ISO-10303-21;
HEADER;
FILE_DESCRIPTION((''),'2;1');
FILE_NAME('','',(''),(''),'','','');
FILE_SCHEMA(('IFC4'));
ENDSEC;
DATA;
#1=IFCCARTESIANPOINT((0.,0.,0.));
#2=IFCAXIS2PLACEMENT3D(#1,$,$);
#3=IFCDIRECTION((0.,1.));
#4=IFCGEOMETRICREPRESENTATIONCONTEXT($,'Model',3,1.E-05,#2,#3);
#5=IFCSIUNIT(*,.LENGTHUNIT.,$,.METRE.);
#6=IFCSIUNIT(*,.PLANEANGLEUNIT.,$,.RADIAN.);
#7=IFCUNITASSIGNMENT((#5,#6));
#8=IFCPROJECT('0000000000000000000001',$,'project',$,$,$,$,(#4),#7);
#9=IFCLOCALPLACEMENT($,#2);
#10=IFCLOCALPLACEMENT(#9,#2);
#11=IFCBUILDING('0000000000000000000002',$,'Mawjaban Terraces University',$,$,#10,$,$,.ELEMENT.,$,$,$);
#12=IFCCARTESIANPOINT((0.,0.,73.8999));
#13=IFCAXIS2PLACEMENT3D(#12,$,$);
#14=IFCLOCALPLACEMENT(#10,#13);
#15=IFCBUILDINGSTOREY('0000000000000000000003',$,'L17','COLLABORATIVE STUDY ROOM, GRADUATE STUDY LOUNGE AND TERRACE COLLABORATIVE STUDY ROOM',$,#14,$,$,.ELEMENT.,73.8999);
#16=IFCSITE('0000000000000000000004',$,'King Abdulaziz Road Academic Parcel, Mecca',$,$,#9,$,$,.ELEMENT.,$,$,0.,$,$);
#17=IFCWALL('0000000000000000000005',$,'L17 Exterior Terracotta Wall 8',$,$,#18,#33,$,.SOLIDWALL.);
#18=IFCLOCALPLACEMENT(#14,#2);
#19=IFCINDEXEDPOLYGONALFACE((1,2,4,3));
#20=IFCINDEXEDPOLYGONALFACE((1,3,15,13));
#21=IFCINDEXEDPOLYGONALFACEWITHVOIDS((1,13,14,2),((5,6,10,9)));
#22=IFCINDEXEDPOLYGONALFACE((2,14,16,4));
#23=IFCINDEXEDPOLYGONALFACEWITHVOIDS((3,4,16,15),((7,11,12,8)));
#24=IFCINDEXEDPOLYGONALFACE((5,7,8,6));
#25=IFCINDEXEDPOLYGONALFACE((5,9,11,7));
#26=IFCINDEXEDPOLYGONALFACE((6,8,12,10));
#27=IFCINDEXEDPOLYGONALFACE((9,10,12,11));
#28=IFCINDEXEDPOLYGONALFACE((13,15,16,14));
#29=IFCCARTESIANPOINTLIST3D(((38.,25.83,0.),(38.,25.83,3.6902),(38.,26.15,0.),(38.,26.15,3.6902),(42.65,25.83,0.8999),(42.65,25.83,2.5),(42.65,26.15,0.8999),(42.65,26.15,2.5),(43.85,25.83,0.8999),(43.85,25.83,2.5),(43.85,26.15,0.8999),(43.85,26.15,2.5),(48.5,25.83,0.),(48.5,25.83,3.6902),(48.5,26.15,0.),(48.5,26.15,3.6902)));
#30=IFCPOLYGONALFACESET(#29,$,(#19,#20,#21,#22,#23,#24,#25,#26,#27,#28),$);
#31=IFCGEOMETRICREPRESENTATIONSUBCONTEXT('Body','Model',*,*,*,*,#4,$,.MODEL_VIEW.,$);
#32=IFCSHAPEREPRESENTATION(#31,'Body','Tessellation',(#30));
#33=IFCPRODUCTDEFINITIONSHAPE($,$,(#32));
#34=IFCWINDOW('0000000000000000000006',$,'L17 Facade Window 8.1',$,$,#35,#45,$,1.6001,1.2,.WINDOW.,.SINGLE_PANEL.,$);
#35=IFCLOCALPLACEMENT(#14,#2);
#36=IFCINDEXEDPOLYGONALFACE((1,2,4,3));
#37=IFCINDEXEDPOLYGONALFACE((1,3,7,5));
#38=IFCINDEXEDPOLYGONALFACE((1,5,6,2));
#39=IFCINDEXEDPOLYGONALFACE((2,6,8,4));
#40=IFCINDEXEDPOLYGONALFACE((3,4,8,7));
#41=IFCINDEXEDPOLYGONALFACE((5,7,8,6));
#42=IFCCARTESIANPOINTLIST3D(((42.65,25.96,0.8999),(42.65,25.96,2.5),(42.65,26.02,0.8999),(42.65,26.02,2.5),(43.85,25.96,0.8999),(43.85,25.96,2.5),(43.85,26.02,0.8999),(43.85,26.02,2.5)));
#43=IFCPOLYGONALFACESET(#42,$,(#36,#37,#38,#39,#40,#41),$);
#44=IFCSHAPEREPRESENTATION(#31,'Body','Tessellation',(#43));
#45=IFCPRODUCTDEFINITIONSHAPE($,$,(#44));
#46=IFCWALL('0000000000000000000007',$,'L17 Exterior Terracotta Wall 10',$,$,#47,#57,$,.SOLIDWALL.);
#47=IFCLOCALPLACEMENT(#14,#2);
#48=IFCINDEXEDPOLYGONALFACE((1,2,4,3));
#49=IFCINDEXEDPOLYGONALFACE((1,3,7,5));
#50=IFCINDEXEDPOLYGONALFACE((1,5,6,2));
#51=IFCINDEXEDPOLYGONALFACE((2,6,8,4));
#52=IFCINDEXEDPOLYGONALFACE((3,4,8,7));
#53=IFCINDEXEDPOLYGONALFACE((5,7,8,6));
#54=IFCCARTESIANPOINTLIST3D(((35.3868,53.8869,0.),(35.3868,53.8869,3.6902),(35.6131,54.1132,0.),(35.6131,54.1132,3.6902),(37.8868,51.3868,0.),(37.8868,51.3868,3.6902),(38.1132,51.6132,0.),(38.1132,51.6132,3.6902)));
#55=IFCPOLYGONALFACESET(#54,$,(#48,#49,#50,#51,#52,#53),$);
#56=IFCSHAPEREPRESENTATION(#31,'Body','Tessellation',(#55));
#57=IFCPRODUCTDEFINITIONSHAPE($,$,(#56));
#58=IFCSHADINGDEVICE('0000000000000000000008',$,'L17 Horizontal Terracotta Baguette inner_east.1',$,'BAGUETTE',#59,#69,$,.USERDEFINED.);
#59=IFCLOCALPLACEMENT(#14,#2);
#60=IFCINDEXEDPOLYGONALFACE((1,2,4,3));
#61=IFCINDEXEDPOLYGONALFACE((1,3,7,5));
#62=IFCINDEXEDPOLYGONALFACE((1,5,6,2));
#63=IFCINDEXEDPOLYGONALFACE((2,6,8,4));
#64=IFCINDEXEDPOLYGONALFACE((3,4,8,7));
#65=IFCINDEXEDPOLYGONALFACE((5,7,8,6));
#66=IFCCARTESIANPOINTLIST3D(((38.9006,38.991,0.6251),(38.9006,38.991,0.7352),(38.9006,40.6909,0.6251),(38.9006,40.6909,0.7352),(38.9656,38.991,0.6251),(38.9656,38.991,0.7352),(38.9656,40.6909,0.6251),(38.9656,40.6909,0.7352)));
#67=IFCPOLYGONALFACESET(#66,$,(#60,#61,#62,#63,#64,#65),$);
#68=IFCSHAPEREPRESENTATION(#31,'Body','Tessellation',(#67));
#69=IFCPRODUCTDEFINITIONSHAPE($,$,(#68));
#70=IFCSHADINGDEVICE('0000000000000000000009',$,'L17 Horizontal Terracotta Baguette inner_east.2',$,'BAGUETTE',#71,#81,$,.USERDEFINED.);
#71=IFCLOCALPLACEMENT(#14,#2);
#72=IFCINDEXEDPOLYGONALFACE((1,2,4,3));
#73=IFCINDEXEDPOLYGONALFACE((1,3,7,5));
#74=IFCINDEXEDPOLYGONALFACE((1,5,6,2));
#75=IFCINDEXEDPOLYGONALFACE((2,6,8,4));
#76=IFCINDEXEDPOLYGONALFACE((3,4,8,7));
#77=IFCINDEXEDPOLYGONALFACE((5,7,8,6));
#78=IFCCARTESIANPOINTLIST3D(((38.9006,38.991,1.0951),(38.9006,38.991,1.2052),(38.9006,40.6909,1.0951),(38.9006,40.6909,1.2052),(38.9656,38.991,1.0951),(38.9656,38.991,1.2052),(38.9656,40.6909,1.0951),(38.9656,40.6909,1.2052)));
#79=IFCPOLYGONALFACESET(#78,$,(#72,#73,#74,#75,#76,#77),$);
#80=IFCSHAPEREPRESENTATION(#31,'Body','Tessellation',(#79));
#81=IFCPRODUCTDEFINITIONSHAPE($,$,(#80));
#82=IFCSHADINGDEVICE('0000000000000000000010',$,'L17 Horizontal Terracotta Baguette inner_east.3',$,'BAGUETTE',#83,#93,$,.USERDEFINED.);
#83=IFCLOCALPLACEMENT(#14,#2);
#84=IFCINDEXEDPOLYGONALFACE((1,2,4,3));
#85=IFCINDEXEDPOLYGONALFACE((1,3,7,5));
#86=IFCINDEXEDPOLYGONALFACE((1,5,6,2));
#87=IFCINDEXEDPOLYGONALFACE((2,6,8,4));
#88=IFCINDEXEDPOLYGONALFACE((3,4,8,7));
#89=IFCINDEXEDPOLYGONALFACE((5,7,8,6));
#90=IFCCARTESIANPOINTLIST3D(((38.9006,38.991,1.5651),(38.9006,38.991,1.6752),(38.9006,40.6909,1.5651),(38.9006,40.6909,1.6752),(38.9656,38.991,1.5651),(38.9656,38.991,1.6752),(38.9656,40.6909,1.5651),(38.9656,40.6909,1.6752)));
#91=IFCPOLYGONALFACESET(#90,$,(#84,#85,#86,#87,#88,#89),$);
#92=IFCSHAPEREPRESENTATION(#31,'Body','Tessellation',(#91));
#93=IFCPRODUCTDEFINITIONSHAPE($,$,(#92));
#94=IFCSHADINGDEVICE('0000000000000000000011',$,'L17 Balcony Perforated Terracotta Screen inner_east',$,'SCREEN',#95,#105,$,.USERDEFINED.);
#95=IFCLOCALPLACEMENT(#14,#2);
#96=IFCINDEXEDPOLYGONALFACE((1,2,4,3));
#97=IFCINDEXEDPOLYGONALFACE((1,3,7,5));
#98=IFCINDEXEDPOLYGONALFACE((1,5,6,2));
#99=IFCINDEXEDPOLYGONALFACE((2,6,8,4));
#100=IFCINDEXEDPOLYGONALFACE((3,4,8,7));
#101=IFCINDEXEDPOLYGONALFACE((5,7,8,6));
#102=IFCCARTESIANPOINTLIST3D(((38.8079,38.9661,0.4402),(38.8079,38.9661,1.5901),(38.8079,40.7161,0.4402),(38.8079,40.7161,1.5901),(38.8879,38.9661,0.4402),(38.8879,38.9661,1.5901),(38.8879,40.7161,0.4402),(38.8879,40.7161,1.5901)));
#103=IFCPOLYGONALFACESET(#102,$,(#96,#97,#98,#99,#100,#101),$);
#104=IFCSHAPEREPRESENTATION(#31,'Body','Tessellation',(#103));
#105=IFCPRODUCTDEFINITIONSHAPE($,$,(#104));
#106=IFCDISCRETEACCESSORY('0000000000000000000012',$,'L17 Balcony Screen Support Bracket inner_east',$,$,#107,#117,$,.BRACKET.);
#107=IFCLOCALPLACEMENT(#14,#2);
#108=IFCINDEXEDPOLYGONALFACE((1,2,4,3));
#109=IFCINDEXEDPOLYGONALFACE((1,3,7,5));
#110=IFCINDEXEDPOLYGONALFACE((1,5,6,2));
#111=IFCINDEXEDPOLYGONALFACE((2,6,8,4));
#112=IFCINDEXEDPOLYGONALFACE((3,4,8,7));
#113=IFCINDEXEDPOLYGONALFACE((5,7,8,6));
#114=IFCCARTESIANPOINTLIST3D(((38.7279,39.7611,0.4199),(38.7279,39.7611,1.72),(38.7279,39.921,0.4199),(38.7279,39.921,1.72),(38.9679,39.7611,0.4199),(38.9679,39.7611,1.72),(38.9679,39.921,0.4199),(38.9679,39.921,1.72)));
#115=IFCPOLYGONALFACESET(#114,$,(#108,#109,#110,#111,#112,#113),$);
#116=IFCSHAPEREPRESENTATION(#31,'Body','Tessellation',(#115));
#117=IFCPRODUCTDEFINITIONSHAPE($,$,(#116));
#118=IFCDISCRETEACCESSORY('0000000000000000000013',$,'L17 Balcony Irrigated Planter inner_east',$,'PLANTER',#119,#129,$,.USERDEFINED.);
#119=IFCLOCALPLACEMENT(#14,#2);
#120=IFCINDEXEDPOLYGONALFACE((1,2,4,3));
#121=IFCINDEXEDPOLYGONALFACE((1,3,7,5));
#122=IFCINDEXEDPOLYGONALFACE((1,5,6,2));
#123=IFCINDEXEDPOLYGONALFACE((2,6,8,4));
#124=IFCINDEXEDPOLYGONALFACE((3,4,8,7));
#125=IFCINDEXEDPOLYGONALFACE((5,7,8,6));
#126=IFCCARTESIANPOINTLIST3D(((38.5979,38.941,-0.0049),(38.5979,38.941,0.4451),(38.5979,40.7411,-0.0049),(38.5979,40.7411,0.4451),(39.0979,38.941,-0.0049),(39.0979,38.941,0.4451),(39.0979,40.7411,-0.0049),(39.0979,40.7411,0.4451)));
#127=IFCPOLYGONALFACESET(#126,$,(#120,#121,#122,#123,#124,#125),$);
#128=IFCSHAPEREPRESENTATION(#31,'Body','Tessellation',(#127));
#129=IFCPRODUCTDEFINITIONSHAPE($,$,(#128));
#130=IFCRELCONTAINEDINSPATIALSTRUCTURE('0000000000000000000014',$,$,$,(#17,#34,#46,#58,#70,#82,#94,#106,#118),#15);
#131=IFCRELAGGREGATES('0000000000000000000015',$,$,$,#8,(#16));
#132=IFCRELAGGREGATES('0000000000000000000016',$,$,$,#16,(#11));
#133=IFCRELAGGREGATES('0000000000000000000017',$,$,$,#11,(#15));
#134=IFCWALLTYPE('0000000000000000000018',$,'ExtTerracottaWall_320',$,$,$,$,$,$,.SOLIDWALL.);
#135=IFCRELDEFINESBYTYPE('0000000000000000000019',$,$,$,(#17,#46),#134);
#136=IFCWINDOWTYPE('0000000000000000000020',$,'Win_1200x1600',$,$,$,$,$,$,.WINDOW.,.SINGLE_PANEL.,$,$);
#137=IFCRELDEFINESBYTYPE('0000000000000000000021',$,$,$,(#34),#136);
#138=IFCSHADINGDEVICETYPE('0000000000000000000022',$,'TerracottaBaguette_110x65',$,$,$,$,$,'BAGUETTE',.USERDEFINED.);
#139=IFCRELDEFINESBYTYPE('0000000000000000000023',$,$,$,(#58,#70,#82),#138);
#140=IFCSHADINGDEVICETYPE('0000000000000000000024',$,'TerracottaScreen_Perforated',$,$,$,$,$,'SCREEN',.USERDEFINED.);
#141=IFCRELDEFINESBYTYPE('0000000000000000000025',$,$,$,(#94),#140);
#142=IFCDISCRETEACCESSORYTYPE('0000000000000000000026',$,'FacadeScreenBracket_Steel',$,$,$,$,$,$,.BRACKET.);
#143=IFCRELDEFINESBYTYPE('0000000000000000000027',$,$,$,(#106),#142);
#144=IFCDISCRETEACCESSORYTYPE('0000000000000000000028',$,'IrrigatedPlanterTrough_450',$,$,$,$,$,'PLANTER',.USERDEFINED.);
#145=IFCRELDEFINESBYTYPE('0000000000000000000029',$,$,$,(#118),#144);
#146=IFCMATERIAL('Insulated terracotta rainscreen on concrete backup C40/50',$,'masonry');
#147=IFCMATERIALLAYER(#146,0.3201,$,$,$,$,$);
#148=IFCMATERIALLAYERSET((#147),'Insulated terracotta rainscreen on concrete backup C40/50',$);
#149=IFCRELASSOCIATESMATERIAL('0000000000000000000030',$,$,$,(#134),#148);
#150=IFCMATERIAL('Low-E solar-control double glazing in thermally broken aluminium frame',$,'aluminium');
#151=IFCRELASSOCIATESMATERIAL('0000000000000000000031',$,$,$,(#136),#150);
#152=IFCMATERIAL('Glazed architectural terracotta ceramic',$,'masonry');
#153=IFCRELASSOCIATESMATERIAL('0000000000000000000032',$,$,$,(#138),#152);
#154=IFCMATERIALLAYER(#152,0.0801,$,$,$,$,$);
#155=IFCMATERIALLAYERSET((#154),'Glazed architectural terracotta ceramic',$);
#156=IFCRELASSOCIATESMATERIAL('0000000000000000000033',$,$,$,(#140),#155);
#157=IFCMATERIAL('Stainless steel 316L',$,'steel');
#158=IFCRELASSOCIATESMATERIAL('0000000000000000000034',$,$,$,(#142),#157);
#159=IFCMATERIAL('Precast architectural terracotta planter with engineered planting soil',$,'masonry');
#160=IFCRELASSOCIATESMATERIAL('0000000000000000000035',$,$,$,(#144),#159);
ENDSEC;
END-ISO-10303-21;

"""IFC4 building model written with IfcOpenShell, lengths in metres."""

from ifc_helpers import new_model, si_unit, direction, frame, frame_2d, origin, origin_2d, place, context, subcontext, project, spatial, rectangle, extrude, material, layer, layer_set, material_profile, profile_set, type_object, element, fill, save


model = new_model("IFC4")

# Units and contexts
model_context = context("Model", 3, precision=1e-05, world=origin(), true_north=direction((0.0, 1.0)))
body_context = subcontext(model_context, "Body", "Model", "MODEL_VIEW")
ifc_project = project(units=[si_unit("LENGTHUNIT", "METRE"), si_unit("PLANEANGLEUNIT", "RADIAN")], contexts=[model_context])

# Site, building, storey
site_placement = place(None, origin())
site = spatial("IfcSite", under=ifc_project, at=site_placement, Name="King Abdulaziz Road Academic Parcel, Mecca", CompositionType="ELEMENT", RefElevation=0.0)
building_placement = place(site_placement, origin())
building = spatial("IfcBuilding", under=site, at=building_placement, Name="Mawjaban Terraces University", CompositionType="ELEMENT")
storey_placement = place(building_placement, frame((0.0, 0.0, 73.8999)))
storey = spatial("IfcBuildingStorey", under=building, at=storey_placement, Name="L17", Description="COLLABORATIVE STUDY ROOM, GRADUATE STUDY LOUNGE AND TERRACE COLLABORATIVE STUDY ROOM", CompositionType="ELEMENT", Elevation=73.8999)

# Wall, opening, window
ifc_material_1 = material(Name="Insulated terracotta rainscreen on concrete backup C40/50", Category="masonry")
ifc_layer_1 = layer(ifc_material_1, 0.3201)
ifc_layer_set_1 = layer_set([ifc_layer_1], Name="Insulated terracotta rainscreen on concrete backup C40/50")
wall_type = type_object("IfcWallType", Name="ExtTerracottaWall_320", PredefinedType="SOLIDWALL", material=ifc_layer_set_1)
wall_1_placement = place(storey_placement, frame((48.5, 25.99, 0.0), z_axis=(0.0, 0.0, 1.0), x_axis=(-1.0, 0.0, 0.0)))
wall_1 = element("IfcWall", 1, at=wall_1_placement, inside=storey, type_object=wall_type, Name="L17 Exterior Terracotta Wall 8", PredefinedType="SOLIDWALL", context=body_context, shape_type="SweptSolid", body=[
    extrude(rectangle(XDim=10.5, YDim=0.3201, at=frame_2d((5.25, 0.0))), origin(), (0.0, 0.0, 1.0), 3.6902),
])
opening_placement = place(wall_1_placement, frame((4.6499, 0.0, 0.8999)))
opening = element("IfcOpeningElement", 2, at=opening_placement, cuts=wall_1, PredefinedType="OPENING", context=body_context, shape_type="SweptSolid", body=[
    extrude(rectangle(XDim=1.2, YDim=1.6001, at=frame_2d((0.6001, 0.8))), frame((0.0, 0.1699, 0.0), z_axis=(0.0, -1.0, 0.0), x_axis=(1.0, 0.0, 0.0)), (0.0, 0.0, 1.0), 0.3401),
])
ifc_material_2 = material(Name="Low-E solar-control double glazing in thermally broken aluminium frame", Category="aluminium")
window_type = type_object("IfcWindowType", Name="Win_1200x1600", PartitioningType="SINGLE_PANEL", PredefinedType="WINDOW", material=ifc_material_2)
window_placement = place(opening_placement, origin())
window = element("IfcWindow", 3, at=window_placement, inside=storey, type_object=window_type, Name="L17 Facade Window 8.1", OverallHeight=1.6001, OverallWidth=1.2, PartitioningType="SINGLE_PANEL", PredefinedType="WINDOW", context=body_context, shape_type="SweptSolid", body=[
    extrude(rectangle(XDim=1.2, YDim=1.6001, at=frame_2d((0.6001, 0.8))), frame((0.0, 0.03, 0.0), z_axis=(0.0, -1.0, 0.0), x_axis=(1.0, 0.0, 0.0)), (0.0, 0.0, 1.0), 0.0601),
])
fill(opening, window)

# Wall
wall_2_placement = place(storey_placement, frame((38.0, 51.5, 0.0), z_axis=(0.0, 0.0, 1.0), x_axis=(-0.707107, 0.707107, 0.0)))
element("IfcWall", 4, at=wall_2_placement, inside=storey, type_object=wall_type, Name="L17 Exterior Terracotta Wall 10", PredefinedType="SOLIDWALL", context=body_context, shape_type="SweptSolid", body=[
    extrude(rectangle(XDim=3.5356, YDim=0.3201, at=frame_2d((1.7678, 0.0))), origin(), (0.0, 0.0, 1.0), 3.6902),
])

# Shading devices
ifc_material_3 = material(Name="Glazed architectural terracotta ceramic", Category="masonry")
ifc_material_profile_1 = material_profile(ifc_material_3, rectangle(XDim=0.0649, YDim=0.1101, at=origin_2d()), Name="TBAG110X65")
ifc_profile_set_1 = profile_set([ifc_material_profile_1], Name="Glazed architectural terracotta ceramic")
shading_device_type_1 = type_object("IfcShadingDeviceType", Name="TerracottaBaguette_110x65", ElementType="BAGUETTE", PredefinedType="USERDEFINED", material=ifc_profile_set_1)
for number, where, z_axis, x_axis, name in (
    (5, (38.9331, 38.991, 0.6802), (0.0, 1.0, 0.0), (-1.0, 0.0, 0.0), "L17 Horizontal Terracotta Baguette inner_east.1"),
    (6, (38.9331, 38.991, 1.1501), (0.0, 1.0, 0.0), (-1.0, 0.0, 0.0), "L17 Horizontal Terracotta Baguette inner_east.2"),
    (7, (38.9331, 38.991, 1.6201), (0.0, 1.0, 0.0), (-1.0, 0.0, 0.0), "L17 Horizontal Terracotta Baguette inner_east.3"),
):
    element("IfcShadingDevice", number, at=place(storey_placement, frame(where, z_axis=z_axis, x_axis=x_axis)), inside=storey, type_object=shading_device_type_1, Name=name, ObjectType="BAGUETTE", PredefinedType="USERDEFINED", context=body_context, shape_type="SweptSolid", body=[
        extrude(rectangle(XDim=0.0649, YDim=0.1101, at=origin_2d()), origin(), (0.0, 0.0, 1.0), 1.7),
    ])
ifc_layer_2 = layer(ifc_material_3, 0.0801)
ifc_layer_set_2 = layer_set([ifc_layer_2], Name="Glazed architectural terracotta ceramic")
shading_device_type_2 = type_object("IfcShadingDeviceType", Name="TerracottaScreen_Perforated", ElementType="SCREEN", PredefinedType="USERDEFINED", material=ifc_layer_set_2)
shading_device_placement = place(storey_placement, frame((38.8479, 39.8411, 0.4402), z_axis=(0.0, 0.0, 1.0), x_axis=(0.0, 1.0, 0.0)))
element("IfcShadingDevice", 8, at=shading_device_placement, inside=storey, type_object=shading_device_type_2, Name="L17 Balcony Perforated Terracotta Screen inner_east", ObjectType="SCREEN", PredefinedType="USERDEFINED", context=body_context, shape_type="SweptSolid", body=[
    extrude(rectangle(XDim=1.75, YDim=0.0801, at=origin_2d()), origin(), (0.0, 0.0, 1.0), 1.1499),
])

# Discrete accessories
ifc_material_4 = material(Name="Stainless steel 316L", Category="steel")
discrete_accessory_type_1 = type_object("IfcDiscreteAccessoryType", Name="FacadeScreenBracket_Steel", PredefinedType="BRACKET", material=ifc_material_4)
discrete_accessory_1_placement = place(storey_placement, frame((38.8479, 39.8411, 0.4199), z_axis=(0.0, 0.0, 1.0), x_axis=(0.0, 1.0, 0.0)))
element("IfcDiscreteAccessory", 9, at=discrete_accessory_1_placement, inside=storey, type_object=discrete_accessory_type_1, Name="L17 Balcony Screen Support Bracket inner_east", PredefinedType="BRACKET", context=body_context, shape_type="SweptSolid", body=[
    extrude(rectangle(XDim=0.1599, YDim=0.24, at=origin_2d()), origin(), (0.0, 0.0, 1.0), 1.3),
])
ifc_material_5 = material(Name="Precast architectural terracotta planter with engineered planting soil", Category="masonry")
discrete_accessory_type_2 = type_object("IfcDiscreteAccessoryType", Name="IrrigatedPlanterTrough_450", ElementType="PLANTER", PredefinedType="USERDEFINED", material=ifc_material_5)
discrete_accessory_2_placement = place(storey_placement, frame((38.8479, 39.8411, -0.0049), z_axis=(0.0, 0.0, 1.0), x_axis=(0.0, 1.0, 0.0)))
element("IfcDiscreteAccessory", 10, at=discrete_accessory_2_placement, inside=storey, type_object=discrete_accessory_type_2, Name="L17 Balcony Irrigated Planter inner_east", ObjectType="PLANTER", PredefinedType="USERDEFINED", context=body_context, shape_type="SweptSolid", body=[
    extrude(rectangle(XDim=1.8, YDim=0.5, at=origin_2d()), origin(), (0.0, 0.0, 1.0), 0.45),
])

save(model, "model.ifc")
